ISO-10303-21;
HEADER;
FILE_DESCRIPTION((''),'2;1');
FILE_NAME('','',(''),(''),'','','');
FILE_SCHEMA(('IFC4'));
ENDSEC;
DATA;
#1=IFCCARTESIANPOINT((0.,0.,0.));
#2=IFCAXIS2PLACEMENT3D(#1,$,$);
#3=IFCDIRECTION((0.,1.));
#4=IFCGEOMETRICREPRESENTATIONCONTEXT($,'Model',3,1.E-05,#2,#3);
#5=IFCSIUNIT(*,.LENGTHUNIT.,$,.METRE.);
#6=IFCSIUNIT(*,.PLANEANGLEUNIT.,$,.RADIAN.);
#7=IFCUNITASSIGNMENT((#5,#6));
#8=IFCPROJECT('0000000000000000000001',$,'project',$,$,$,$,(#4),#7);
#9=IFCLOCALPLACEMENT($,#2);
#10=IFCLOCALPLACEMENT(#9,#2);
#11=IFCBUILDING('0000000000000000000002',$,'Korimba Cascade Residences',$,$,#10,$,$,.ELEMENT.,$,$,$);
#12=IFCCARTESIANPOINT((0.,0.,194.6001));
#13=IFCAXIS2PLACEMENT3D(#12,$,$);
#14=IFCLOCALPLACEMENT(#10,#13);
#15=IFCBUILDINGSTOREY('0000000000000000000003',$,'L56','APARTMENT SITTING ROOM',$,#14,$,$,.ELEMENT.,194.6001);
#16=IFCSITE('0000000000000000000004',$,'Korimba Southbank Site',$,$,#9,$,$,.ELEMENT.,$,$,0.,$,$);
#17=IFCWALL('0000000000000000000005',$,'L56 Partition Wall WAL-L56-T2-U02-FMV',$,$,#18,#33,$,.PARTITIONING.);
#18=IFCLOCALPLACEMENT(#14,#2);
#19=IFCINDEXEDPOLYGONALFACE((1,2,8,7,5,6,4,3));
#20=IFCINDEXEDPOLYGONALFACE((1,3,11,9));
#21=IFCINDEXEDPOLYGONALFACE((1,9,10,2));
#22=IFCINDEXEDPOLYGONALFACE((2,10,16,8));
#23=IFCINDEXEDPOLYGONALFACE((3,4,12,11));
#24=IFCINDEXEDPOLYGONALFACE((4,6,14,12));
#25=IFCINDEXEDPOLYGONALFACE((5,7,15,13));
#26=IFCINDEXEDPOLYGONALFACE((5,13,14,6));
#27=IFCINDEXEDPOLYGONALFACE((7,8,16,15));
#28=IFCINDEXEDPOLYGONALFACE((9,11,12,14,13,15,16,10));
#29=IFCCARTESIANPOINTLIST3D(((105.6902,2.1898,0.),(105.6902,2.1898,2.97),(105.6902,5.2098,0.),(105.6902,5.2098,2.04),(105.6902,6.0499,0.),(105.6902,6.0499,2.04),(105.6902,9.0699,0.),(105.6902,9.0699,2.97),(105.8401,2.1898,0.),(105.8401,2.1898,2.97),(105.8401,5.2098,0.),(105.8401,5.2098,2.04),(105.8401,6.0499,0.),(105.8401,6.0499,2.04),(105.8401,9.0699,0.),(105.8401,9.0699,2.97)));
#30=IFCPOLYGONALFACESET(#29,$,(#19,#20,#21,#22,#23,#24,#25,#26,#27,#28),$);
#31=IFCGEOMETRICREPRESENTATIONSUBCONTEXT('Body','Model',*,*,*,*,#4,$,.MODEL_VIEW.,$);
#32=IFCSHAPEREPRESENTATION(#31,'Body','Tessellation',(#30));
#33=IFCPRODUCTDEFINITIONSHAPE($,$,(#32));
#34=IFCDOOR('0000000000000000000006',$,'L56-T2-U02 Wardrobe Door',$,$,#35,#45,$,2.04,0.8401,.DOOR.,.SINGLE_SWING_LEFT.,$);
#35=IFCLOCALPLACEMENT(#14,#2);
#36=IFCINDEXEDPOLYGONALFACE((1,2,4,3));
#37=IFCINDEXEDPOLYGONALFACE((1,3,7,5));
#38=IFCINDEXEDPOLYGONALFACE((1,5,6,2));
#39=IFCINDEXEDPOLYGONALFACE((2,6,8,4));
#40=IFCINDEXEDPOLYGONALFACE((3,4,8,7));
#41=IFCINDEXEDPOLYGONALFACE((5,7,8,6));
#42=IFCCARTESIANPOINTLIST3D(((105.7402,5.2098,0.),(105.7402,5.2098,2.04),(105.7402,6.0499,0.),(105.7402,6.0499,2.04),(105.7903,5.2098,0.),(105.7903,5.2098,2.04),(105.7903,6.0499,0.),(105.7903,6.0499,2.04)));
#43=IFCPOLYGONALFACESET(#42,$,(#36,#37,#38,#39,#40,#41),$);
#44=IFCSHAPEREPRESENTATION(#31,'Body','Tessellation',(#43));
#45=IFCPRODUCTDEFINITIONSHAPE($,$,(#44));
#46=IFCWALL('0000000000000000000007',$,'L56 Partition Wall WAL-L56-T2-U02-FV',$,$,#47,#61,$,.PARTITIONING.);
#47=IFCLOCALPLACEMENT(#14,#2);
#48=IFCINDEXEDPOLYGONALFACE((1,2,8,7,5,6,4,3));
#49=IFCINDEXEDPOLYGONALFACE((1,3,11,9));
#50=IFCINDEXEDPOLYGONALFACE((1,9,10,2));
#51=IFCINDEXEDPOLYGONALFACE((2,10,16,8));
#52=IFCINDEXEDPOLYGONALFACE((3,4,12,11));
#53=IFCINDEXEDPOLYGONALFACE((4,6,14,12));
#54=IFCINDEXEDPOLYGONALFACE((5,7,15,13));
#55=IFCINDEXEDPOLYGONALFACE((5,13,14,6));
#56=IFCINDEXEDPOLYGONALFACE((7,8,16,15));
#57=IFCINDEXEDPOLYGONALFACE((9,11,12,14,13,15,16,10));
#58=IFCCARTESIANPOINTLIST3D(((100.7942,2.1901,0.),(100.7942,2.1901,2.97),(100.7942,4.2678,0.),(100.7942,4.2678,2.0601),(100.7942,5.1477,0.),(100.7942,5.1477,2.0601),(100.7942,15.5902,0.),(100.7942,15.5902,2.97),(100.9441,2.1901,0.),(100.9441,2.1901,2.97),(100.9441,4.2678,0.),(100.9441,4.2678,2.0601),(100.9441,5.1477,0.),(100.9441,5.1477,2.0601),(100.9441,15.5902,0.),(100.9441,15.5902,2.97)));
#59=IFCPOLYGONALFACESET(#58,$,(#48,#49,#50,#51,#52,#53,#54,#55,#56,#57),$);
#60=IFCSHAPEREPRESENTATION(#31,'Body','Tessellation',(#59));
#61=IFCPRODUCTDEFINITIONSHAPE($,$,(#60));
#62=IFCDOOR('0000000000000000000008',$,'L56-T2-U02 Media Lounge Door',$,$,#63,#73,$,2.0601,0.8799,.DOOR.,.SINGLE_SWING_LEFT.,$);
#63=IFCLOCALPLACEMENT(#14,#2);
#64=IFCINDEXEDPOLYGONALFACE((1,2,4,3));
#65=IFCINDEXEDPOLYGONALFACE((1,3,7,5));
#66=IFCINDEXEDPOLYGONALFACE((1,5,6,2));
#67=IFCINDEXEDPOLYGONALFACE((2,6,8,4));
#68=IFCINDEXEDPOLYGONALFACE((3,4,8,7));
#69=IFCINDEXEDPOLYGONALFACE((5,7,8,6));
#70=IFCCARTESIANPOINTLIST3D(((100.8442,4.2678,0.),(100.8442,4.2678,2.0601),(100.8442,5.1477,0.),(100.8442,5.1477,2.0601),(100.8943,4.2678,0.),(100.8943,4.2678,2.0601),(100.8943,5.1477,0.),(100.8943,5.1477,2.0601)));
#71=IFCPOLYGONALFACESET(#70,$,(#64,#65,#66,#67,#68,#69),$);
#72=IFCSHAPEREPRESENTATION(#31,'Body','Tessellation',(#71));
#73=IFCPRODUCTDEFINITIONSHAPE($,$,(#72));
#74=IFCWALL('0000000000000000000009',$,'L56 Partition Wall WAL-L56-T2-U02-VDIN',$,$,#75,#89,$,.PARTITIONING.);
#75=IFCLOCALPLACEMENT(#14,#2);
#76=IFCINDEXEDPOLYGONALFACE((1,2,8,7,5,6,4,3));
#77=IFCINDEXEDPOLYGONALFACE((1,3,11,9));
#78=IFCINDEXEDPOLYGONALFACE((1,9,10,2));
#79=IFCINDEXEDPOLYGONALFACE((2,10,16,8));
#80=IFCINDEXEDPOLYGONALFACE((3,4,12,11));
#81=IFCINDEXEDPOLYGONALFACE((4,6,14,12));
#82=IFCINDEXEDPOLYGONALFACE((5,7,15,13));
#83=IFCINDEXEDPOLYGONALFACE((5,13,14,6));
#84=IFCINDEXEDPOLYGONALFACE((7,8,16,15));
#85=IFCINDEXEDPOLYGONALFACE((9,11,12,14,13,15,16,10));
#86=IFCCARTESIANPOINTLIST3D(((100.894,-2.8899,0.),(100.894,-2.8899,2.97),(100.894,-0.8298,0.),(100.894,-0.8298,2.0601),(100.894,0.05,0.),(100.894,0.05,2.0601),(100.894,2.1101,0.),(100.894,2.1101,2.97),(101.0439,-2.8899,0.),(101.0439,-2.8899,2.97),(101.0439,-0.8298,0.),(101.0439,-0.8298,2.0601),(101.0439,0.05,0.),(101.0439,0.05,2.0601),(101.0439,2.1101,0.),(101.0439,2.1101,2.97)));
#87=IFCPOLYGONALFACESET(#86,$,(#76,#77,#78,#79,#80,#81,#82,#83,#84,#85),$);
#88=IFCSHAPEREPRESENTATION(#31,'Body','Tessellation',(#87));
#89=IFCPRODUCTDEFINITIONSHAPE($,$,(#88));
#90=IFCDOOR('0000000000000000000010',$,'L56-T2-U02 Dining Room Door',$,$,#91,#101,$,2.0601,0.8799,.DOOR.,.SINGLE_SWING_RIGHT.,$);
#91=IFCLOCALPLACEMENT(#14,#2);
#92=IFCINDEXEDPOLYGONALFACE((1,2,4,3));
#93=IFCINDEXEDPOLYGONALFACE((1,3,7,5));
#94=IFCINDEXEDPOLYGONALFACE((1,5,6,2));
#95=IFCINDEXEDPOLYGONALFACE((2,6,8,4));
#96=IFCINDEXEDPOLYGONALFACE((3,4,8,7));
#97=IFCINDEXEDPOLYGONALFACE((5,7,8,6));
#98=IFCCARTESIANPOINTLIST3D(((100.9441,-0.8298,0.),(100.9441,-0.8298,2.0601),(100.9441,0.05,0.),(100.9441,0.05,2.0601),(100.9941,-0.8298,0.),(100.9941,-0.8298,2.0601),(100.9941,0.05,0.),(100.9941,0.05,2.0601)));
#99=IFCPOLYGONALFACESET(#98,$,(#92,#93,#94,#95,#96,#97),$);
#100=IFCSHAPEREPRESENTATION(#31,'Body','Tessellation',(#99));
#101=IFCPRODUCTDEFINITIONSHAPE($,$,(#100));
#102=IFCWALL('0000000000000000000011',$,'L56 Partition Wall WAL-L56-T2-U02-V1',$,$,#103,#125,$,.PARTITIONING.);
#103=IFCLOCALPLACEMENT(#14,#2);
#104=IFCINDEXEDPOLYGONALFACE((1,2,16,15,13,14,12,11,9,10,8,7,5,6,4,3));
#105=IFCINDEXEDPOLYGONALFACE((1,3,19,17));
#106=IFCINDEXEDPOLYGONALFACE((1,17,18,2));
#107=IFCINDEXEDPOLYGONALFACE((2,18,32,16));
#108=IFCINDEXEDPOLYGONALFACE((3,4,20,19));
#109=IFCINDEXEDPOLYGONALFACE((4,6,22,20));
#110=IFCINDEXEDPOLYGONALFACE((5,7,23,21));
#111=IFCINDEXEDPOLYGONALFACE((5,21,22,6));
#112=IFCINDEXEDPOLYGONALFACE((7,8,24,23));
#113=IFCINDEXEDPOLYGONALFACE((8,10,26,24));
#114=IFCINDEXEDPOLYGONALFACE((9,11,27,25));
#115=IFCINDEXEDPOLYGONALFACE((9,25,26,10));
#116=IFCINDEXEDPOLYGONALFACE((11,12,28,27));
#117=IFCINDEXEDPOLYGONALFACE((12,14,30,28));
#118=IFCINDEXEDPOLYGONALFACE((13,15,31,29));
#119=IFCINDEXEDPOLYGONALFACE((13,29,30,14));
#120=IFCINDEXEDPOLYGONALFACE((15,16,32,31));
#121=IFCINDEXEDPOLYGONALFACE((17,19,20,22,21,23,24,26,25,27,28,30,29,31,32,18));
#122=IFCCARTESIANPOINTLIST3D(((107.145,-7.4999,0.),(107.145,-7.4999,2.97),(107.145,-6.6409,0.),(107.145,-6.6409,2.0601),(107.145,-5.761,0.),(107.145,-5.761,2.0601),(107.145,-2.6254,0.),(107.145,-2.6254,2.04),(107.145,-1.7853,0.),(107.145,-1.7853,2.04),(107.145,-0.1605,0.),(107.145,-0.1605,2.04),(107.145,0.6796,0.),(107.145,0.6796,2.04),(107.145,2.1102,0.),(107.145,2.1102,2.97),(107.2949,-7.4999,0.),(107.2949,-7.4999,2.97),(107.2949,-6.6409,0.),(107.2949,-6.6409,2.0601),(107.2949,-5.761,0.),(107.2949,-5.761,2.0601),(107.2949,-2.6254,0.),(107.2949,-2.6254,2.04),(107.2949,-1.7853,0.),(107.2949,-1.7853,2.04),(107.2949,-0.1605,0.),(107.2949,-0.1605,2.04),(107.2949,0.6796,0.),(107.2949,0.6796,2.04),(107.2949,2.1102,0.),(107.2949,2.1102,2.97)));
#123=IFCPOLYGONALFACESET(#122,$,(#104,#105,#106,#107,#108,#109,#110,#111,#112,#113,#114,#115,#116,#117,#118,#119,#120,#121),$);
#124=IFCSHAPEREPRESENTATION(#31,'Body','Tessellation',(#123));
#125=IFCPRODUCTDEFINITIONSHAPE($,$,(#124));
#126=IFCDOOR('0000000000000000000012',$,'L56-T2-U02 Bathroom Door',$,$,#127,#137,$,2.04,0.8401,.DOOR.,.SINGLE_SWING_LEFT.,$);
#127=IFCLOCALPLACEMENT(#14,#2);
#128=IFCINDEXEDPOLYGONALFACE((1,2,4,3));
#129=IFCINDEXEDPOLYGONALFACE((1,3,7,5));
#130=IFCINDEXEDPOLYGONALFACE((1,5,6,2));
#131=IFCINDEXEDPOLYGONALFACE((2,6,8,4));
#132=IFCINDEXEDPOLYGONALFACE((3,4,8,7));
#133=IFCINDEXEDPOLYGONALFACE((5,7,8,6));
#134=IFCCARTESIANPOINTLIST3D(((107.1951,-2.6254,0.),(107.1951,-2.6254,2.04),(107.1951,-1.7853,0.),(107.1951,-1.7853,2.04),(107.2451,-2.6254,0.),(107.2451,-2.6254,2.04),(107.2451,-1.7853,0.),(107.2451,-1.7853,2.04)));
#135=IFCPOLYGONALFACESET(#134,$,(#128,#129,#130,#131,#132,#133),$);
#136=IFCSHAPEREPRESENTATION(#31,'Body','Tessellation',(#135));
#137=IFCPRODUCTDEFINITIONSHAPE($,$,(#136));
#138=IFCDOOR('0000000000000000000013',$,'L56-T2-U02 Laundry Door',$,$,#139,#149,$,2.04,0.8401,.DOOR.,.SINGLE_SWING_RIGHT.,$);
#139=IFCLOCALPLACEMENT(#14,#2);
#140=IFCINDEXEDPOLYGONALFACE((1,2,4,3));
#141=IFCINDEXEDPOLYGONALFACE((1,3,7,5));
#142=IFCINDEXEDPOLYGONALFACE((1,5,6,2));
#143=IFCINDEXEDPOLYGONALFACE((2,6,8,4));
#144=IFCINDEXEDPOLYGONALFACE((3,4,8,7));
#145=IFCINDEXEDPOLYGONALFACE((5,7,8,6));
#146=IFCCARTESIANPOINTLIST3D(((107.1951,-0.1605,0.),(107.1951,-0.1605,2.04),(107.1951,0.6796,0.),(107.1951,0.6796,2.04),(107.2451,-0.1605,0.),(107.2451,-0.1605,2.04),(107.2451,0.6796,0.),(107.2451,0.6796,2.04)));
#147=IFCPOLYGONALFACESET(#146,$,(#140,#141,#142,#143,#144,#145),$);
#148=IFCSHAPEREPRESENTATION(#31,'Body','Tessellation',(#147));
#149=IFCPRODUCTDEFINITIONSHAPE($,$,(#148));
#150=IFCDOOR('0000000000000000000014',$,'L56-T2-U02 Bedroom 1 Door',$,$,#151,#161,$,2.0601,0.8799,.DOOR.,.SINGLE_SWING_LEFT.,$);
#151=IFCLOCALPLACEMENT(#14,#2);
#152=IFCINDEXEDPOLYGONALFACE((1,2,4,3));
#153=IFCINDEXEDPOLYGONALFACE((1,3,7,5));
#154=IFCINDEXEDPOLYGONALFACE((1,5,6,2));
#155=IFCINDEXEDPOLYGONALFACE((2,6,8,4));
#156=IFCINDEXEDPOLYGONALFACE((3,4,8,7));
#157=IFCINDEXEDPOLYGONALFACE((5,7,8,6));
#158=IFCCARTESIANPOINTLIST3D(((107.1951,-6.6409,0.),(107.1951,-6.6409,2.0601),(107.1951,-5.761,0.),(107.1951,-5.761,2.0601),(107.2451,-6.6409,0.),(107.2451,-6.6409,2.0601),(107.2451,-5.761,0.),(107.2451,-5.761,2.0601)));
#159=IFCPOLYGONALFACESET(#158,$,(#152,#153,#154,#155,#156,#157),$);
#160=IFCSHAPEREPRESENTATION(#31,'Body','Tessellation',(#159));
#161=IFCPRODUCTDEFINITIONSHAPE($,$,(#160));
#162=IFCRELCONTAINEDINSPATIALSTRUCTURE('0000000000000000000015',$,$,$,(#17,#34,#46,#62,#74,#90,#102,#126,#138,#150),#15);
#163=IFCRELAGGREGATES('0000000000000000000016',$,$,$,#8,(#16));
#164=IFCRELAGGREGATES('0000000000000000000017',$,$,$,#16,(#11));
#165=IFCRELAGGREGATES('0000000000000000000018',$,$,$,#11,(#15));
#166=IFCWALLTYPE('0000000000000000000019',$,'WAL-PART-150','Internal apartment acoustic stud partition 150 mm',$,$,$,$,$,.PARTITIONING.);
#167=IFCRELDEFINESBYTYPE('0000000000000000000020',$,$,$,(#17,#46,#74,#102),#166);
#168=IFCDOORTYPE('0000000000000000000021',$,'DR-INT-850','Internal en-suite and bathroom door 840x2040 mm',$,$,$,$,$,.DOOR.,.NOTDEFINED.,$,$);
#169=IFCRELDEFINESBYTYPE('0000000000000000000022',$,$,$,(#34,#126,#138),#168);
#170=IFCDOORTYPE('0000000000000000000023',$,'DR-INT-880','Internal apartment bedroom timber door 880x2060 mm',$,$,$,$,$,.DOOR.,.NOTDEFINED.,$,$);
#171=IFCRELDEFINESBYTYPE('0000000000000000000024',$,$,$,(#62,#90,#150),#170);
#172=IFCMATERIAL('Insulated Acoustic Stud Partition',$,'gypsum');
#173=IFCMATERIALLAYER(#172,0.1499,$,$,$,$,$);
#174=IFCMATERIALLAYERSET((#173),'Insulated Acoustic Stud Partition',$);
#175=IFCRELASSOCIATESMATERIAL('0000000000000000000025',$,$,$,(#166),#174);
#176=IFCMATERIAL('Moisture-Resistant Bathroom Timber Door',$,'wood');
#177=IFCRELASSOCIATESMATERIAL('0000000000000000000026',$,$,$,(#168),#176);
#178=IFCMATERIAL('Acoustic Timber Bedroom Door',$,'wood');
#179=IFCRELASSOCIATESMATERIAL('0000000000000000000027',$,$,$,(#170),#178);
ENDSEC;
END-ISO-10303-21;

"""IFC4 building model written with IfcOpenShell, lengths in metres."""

from ifc_helpers import new_model, si_unit, direction, frame, frame_2d, origin, place, context, subcontext, project, spatial, rectangle, extrude, material, layer, layer_set, type_object, element, fill, save


model = new_model("IFC4")

# Units and contexts
model_context = context("Model", 3, precision=1e-05, world=origin(), true_north=direction((0.0, 1.0)))
body_context = subcontext(model_context, "Body", "Model", "MODEL_VIEW")
ifc_project = project(units=[si_unit("LENGTHUNIT", "METRE"), si_unit("PLANEANGLEUNIT", "RADIAN")], contexts=[model_context])

# Site, building, storey
site_placement = place(None, origin())
site = spatial("IfcSite", under=ifc_project, at=site_placement, Name="Korimba Southbank Site", CompositionType="ELEMENT", RefElevation=0.0)
building_placement = place(site_placement, origin())
building = spatial("IfcBuilding", under=site, at=building_placement, Name="Korimba Cascade Residences", CompositionType="ELEMENT")
storey_placement = place(building_placement, frame((0.0, 0.0, 194.6001)))
storey = spatial("IfcBuildingStorey", under=building, at=storey_placement, Name="L56", Description="APARTMENT SITTING ROOM", CompositionType="ELEMENT", Elevation=194.6001)

# Walls, openings, doors
ifc_material_1 = material(Name="Insulated Acoustic Stud Partition", Category="gypsum")
ifc_layer = layer(ifc_material_1, 0.1499)
ifc_layer_set = layer_set([ifc_layer], Name="Insulated Acoustic Stud Partition")
wall_type = type_object("IfcWallType", Name="WAL-PART-150", Description="Internal apartment acoustic stud partition 150 mm", PredefinedType="PARTITIONING", material=ifc_layer_set)
wall_1_placement = place(storey_placement, frame((105.7651, 2.1899, 0.0), z_axis=(0.0, 0.0, 1.0), x_axis=(0.0, 1.0, 0.0)))
wall_1 = element("IfcWall", 1, at=wall_1_placement, inside=storey, type_object=wall_type, Name="L56 Partition Wall WAL-L56-T2-U02-FMV", PredefinedType="PARTITIONING", context=body_context, shape_type="SweptSolid", body=[
    extrude(rectangle(XDim=6.8801, YDim=0.1499, at=frame_2d((3.4399, 0.0))), origin(), (0.0, 0.0, 1.0), 2.97),
])
opening_1_placement = place(wall_1_placement, frame((3.02, 0.0, 0.0)))
opening_1 = element("IfcOpeningElement", 2, at=opening_1_placement, cuts=wall_1, PredefinedType="OPENING", context=body_context, shape_type="SweptSolid", body=[
    extrude(rectangle(XDim=0.8401, YDim=2.04, at=frame_2d((0.4199, 1.02))), frame((0.0, 0.085, 0.0), z_axis=(0.0, -1.0, 0.0), x_axis=(1.0, 0.0, 0.0)), (0.0, 0.0, 1.0), 0.1699),
])
ifc_material_2 = material(Name="Moisture-Resistant Bathroom Timber Door", Category="wood")
door_type_1 = type_object("IfcDoorType", Name="DR-INT-850", Description="Internal en-suite and bathroom door 840x2040 mm", OperationType="NOTDEFINED", PredefinedType="DOOR", material=ifc_material_2)
door_1_placement = place(opening_1_placement, origin())
door_1 = element("IfcDoor", 3, at=door_1_placement, inside=storey, type_object=door_type_1, Name="L56-T2-U02 Wardrobe Door", OperationType="SINGLE_SWING_LEFT", OverallHeight=2.04, OverallWidth=0.8401, PredefinedType="DOOR", context=body_context, shape_type="SweptSolid", body=[
    extrude(rectangle(XDim=0.8401, YDim=2.04, at=frame_2d((0.4199, 1.02))), frame((0.0, 0.0249, 0.0), z_axis=(0.0, -1.0, 0.0), x_axis=(1.0, 0.0, 0.0)), (0.0, 0.0, 1.0), 0.05),
])
fill(opening_1, door_1)
wall_2_placement = place(storey_placement, frame((100.8691, 2.1899, 0.0), z_axis=(0.0, 0.0, 1.0), x_axis=(0.0, 1.0, 0.0)))
wall_2 = element("IfcWall", 4, at=wall_2_placement, inside=storey, type_object=wall_type, Name="L56 Partition Wall WAL-L56-T2-U02-FV", PredefinedType="PARTITIONING", context=body_context, shape_type="SweptSolid", body=[
    extrude(rectangle(XDim=13.4001, YDim=0.1499, at=frame_2d((6.7002, 0.0))), origin(), (0.0, 0.0, 1.0), 2.97),
])
opening_2_placement = place(wall_2_placement, frame((2.0779, 0.0, 0.0)))
opening_2 = element("IfcOpeningElement", 5, at=opening_2_placement, cuts=wall_2, PredefinedType="OPENING", context=body_context, shape_type="SweptSolid", body=[
    extrude(rectangle(XDim=0.8799, YDim=2.0601, at=frame_2d((0.4399, 1.03))), frame((0.0, 0.085, 0.0), z_axis=(0.0, -1.0, 0.0), x_axis=(1.0, 0.0, 0.0)), (0.0, 0.0, 1.0), 0.1699),
])
ifc_material_3 = material(Name="Acoustic Timber Bedroom Door", Category="wood")
door_type_2 = type_object("IfcDoorType", Name="DR-INT-880", Description="Internal apartment bedroom timber door 880x2060 mm", OperationType="NOTDEFINED", PredefinedType="DOOR", material=ifc_material_3)
door_2_placement = place(opening_2_placement, origin())
door_2 = element("IfcDoor", 6, at=door_2_placement, inside=storey, type_object=door_type_2, Name="L56-T2-U02 Media Lounge Door", OperationType="SINGLE_SWING_LEFT", OverallHeight=2.0601, OverallWidth=0.8799, PredefinedType="DOOR", context=body_context, shape_type="SweptSolid", body=[
    extrude(rectangle(XDim=0.8799, YDim=2.0601, at=frame_2d((0.4399, 1.03))), frame((0.0, 0.0249, 0.0), z_axis=(0.0, -1.0, 0.0), x_axis=(1.0, 0.0, 0.0)), (0.0, 0.0, 1.0), 0.05),
])
fill(opening_2, door_2)
wall_3_placement = place(storey_placement, frame((100.969, -2.8899, 0.0), z_axis=(0.0, 0.0, 1.0), x_axis=(0.0, 1.0, 0.0)))
wall_3 = element("IfcWall", 7, at=wall_3_placement, inside=storey, type_object=wall_type, Name="L56 Partition Wall WAL-L56-T2-U02-VDIN", PredefinedType="PARTITIONING", context=body_context, shape_type="SweptSolid", body=[
    extrude(rectangle(XDim=5.0, YDim=0.1499, at=frame_2d((2.5, 0.0))), origin(), (0.0, 0.0, 1.0), 2.97),
])
opening_3_placement = place(wall_3_placement, frame((2.0601, 0.0, 0.0)))
opening_3 = element("IfcOpeningElement", 8, at=opening_3_placement, cuts=wall_3, PredefinedType="OPENING", context=body_context, shape_type="SweptSolid", body=[
    extrude(rectangle(XDim=0.8799, YDim=2.0601, at=frame_2d((0.4399, 1.03))), frame((0.0, 0.085, 0.0), z_axis=(0.0, -1.0, 0.0), x_axis=(1.0, 0.0, 0.0)), (0.0, 0.0, 1.0), 0.1699),
])
door_3_placement = place(opening_3_placement, origin())
door_3 = element("IfcDoor", 9, at=door_3_placement, inside=storey, type_object=door_type_2, Name="L56-T2-U02 Dining Room Door", OperationType="SINGLE_SWING_RIGHT", OverallHeight=2.0601, OverallWidth=0.8799, PredefinedType="DOOR", context=body_context, shape_type="SweptSolid", body=[
    extrude(rectangle(XDim=0.8799, YDim=2.0601, at=frame_2d((0.4399, 1.03))), frame((0.0, 0.0249, 0.0), z_axis=(0.0, -1.0, 0.0), x_axis=(1.0, 0.0, 0.0)), (0.0, 0.0, 1.0), 0.05),
])
fill(opening_3, door_3)

# Wall, openings, doors
wall_4_placement = place(storey_placement, frame((107.22, -7.5, 0.0), z_axis=(0.0, 0.0, 1.0), x_axis=(0.0, 1.0, 0.0)))
wall_4 = element("IfcWall", 10, at=wall_4_placement, inside=storey, type_object=wall_type, Name="L56 Partition Wall WAL-L56-T2-U02-V1", PredefinedType="PARTITIONING", context=body_context, shape_type="SweptSolid", body=[
    extrude(rectangle(XDim=9.6101, YDim=0.1499, at=frame_2d((4.8052, 0.0))), origin(), (0.0, 0.0, 1.0), 2.97),
])
opening_4_placement = place(wall_4_placement, frame((4.8748, 0.0, 0.0)))
opening_4 = element("IfcOpeningElement", 11, at=opening_4_placement, cuts=wall_4, PredefinedType="OPENING", context=body_context, shape_type="SweptSolid", body=[
    extrude(rectangle(XDim=0.8401, YDim=2.04, at=frame_2d((0.4199, 1.02))), frame((0.0, 0.085, 0.0), z_axis=(0.0, -1.0, 0.0), x_axis=(1.0, 0.0, 0.0)), (0.0, 0.0, 1.0), 0.1699),
])
opening_5_placement = place(wall_4_placement, frame((7.3396, 0.0, 0.0)))
opening_5 = element("IfcOpeningElement", 12, at=opening_5_placement, cuts=wall_4, PredefinedType="OPENING", context=body_context, shape_type="SweptSolid", body=[
    extrude(rectangle(XDim=0.8401, YDim=2.04, at=frame_2d((0.4199, 1.02))), frame((0.0, 0.085, 0.0), z_axis=(0.0, -1.0, 0.0), x_axis=(1.0, 0.0, 0.0)), (0.0, 0.0, 1.0), 0.1699),
])
opening_6_placement = place(wall_4_placement, frame((0.8591, 0.0, 0.0)))
opening_6 = element("IfcOpeningElement", 13, at=opening_6_placement, cuts=wall_4, PredefinedType="OPENING", context=body_context, shape_type="SweptSolid", body=[
    extrude(rectangle(XDim=0.8799, YDim=2.0601, at=frame_2d((0.4399, 1.03))), frame((0.0, 0.085, 0.0), z_axis=(0.0, -1.0, 0.0), x_axis=(1.0, 0.0, 0.0)), (0.0, 0.0, 1.0), 0.1699),
])
door_4_placement = place(opening_4_placement, origin())
door_4 = element("IfcDoor", 14, at=door_4_placement, inside=storey, type_object=door_type_1, Name="L56-T2-U02 Bathroom Door", OperationType="SINGLE_SWING_LEFT", OverallHeight=2.04, OverallWidth=0.8401, PredefinedType="DOOR", context=body_context, shape_type="SweptSolid", body=[
    extrude(rectangle(XDim=0.8401, YDim=2.04, at=frame_2d((0.4199, 1.02))), frame((0.0, 0.0249, 0.0), z_axis=(0.0, -1.0, 0.0), x_axis=(1.0, 0.0, 0.0)), (0.0, 0.0, 1.0), 0.05),
])
fill(opening_4, door_4)
door_5_placement = place(opening_5_placement, origin())
door_5 = element("IfcDoor", 15, at=door_5_placement, inside=storey, type_object=door_type_1, Name="L56-T2-U02 Laundry Door", OperationType="SINGLE_SWING_RIGHT", OverallHeight=2.04, OverallWidth=0.8401, PredefinedType="DOOR", context=body_context, shape_type="SweptSolid", body=[
    extrude(rectangle(XDim=0.8401, YDim=2.04, at=frame_2d((0.4199, 1.02))), frame((0.0, 0.0249, 0.0), z_axis=(0.0, -1.0, 0.0), x_axis=(1.0, 0.0, 0.0)), (0.0, 0.0, 1.0), 0.05),
])
fill(opening_5, door_5)
door_6_placement = place(opening_6_placement, origin())
door_6 = element("IfcDoor", 16, at=door_6_placement, inside=storey, type_object=door_type_2, Name="L56-T2-U02 Bedroom 1 Door", OperationType="SINGLE_SWING_LEFT", OverallHeight=2.0601, OverallWidth=0.8799, PredefinedType="DOOR", context=body_context, shape_type="SweptSolid", body=[
    extrude(rectangle(XDim=0.8799, YDim=2.0601, at=frame_2d((0.4399, 1.03))), frame((0.0, 0.0249, 0.0), z_axis=(0.0, -1.0, 0.0), x_axis=(1.0, 0.0, 0.0)), (0.0, 0.0, 1.0), 0.05),
])
fill(opening_6, door_6)

save(model, "model.ifc")
